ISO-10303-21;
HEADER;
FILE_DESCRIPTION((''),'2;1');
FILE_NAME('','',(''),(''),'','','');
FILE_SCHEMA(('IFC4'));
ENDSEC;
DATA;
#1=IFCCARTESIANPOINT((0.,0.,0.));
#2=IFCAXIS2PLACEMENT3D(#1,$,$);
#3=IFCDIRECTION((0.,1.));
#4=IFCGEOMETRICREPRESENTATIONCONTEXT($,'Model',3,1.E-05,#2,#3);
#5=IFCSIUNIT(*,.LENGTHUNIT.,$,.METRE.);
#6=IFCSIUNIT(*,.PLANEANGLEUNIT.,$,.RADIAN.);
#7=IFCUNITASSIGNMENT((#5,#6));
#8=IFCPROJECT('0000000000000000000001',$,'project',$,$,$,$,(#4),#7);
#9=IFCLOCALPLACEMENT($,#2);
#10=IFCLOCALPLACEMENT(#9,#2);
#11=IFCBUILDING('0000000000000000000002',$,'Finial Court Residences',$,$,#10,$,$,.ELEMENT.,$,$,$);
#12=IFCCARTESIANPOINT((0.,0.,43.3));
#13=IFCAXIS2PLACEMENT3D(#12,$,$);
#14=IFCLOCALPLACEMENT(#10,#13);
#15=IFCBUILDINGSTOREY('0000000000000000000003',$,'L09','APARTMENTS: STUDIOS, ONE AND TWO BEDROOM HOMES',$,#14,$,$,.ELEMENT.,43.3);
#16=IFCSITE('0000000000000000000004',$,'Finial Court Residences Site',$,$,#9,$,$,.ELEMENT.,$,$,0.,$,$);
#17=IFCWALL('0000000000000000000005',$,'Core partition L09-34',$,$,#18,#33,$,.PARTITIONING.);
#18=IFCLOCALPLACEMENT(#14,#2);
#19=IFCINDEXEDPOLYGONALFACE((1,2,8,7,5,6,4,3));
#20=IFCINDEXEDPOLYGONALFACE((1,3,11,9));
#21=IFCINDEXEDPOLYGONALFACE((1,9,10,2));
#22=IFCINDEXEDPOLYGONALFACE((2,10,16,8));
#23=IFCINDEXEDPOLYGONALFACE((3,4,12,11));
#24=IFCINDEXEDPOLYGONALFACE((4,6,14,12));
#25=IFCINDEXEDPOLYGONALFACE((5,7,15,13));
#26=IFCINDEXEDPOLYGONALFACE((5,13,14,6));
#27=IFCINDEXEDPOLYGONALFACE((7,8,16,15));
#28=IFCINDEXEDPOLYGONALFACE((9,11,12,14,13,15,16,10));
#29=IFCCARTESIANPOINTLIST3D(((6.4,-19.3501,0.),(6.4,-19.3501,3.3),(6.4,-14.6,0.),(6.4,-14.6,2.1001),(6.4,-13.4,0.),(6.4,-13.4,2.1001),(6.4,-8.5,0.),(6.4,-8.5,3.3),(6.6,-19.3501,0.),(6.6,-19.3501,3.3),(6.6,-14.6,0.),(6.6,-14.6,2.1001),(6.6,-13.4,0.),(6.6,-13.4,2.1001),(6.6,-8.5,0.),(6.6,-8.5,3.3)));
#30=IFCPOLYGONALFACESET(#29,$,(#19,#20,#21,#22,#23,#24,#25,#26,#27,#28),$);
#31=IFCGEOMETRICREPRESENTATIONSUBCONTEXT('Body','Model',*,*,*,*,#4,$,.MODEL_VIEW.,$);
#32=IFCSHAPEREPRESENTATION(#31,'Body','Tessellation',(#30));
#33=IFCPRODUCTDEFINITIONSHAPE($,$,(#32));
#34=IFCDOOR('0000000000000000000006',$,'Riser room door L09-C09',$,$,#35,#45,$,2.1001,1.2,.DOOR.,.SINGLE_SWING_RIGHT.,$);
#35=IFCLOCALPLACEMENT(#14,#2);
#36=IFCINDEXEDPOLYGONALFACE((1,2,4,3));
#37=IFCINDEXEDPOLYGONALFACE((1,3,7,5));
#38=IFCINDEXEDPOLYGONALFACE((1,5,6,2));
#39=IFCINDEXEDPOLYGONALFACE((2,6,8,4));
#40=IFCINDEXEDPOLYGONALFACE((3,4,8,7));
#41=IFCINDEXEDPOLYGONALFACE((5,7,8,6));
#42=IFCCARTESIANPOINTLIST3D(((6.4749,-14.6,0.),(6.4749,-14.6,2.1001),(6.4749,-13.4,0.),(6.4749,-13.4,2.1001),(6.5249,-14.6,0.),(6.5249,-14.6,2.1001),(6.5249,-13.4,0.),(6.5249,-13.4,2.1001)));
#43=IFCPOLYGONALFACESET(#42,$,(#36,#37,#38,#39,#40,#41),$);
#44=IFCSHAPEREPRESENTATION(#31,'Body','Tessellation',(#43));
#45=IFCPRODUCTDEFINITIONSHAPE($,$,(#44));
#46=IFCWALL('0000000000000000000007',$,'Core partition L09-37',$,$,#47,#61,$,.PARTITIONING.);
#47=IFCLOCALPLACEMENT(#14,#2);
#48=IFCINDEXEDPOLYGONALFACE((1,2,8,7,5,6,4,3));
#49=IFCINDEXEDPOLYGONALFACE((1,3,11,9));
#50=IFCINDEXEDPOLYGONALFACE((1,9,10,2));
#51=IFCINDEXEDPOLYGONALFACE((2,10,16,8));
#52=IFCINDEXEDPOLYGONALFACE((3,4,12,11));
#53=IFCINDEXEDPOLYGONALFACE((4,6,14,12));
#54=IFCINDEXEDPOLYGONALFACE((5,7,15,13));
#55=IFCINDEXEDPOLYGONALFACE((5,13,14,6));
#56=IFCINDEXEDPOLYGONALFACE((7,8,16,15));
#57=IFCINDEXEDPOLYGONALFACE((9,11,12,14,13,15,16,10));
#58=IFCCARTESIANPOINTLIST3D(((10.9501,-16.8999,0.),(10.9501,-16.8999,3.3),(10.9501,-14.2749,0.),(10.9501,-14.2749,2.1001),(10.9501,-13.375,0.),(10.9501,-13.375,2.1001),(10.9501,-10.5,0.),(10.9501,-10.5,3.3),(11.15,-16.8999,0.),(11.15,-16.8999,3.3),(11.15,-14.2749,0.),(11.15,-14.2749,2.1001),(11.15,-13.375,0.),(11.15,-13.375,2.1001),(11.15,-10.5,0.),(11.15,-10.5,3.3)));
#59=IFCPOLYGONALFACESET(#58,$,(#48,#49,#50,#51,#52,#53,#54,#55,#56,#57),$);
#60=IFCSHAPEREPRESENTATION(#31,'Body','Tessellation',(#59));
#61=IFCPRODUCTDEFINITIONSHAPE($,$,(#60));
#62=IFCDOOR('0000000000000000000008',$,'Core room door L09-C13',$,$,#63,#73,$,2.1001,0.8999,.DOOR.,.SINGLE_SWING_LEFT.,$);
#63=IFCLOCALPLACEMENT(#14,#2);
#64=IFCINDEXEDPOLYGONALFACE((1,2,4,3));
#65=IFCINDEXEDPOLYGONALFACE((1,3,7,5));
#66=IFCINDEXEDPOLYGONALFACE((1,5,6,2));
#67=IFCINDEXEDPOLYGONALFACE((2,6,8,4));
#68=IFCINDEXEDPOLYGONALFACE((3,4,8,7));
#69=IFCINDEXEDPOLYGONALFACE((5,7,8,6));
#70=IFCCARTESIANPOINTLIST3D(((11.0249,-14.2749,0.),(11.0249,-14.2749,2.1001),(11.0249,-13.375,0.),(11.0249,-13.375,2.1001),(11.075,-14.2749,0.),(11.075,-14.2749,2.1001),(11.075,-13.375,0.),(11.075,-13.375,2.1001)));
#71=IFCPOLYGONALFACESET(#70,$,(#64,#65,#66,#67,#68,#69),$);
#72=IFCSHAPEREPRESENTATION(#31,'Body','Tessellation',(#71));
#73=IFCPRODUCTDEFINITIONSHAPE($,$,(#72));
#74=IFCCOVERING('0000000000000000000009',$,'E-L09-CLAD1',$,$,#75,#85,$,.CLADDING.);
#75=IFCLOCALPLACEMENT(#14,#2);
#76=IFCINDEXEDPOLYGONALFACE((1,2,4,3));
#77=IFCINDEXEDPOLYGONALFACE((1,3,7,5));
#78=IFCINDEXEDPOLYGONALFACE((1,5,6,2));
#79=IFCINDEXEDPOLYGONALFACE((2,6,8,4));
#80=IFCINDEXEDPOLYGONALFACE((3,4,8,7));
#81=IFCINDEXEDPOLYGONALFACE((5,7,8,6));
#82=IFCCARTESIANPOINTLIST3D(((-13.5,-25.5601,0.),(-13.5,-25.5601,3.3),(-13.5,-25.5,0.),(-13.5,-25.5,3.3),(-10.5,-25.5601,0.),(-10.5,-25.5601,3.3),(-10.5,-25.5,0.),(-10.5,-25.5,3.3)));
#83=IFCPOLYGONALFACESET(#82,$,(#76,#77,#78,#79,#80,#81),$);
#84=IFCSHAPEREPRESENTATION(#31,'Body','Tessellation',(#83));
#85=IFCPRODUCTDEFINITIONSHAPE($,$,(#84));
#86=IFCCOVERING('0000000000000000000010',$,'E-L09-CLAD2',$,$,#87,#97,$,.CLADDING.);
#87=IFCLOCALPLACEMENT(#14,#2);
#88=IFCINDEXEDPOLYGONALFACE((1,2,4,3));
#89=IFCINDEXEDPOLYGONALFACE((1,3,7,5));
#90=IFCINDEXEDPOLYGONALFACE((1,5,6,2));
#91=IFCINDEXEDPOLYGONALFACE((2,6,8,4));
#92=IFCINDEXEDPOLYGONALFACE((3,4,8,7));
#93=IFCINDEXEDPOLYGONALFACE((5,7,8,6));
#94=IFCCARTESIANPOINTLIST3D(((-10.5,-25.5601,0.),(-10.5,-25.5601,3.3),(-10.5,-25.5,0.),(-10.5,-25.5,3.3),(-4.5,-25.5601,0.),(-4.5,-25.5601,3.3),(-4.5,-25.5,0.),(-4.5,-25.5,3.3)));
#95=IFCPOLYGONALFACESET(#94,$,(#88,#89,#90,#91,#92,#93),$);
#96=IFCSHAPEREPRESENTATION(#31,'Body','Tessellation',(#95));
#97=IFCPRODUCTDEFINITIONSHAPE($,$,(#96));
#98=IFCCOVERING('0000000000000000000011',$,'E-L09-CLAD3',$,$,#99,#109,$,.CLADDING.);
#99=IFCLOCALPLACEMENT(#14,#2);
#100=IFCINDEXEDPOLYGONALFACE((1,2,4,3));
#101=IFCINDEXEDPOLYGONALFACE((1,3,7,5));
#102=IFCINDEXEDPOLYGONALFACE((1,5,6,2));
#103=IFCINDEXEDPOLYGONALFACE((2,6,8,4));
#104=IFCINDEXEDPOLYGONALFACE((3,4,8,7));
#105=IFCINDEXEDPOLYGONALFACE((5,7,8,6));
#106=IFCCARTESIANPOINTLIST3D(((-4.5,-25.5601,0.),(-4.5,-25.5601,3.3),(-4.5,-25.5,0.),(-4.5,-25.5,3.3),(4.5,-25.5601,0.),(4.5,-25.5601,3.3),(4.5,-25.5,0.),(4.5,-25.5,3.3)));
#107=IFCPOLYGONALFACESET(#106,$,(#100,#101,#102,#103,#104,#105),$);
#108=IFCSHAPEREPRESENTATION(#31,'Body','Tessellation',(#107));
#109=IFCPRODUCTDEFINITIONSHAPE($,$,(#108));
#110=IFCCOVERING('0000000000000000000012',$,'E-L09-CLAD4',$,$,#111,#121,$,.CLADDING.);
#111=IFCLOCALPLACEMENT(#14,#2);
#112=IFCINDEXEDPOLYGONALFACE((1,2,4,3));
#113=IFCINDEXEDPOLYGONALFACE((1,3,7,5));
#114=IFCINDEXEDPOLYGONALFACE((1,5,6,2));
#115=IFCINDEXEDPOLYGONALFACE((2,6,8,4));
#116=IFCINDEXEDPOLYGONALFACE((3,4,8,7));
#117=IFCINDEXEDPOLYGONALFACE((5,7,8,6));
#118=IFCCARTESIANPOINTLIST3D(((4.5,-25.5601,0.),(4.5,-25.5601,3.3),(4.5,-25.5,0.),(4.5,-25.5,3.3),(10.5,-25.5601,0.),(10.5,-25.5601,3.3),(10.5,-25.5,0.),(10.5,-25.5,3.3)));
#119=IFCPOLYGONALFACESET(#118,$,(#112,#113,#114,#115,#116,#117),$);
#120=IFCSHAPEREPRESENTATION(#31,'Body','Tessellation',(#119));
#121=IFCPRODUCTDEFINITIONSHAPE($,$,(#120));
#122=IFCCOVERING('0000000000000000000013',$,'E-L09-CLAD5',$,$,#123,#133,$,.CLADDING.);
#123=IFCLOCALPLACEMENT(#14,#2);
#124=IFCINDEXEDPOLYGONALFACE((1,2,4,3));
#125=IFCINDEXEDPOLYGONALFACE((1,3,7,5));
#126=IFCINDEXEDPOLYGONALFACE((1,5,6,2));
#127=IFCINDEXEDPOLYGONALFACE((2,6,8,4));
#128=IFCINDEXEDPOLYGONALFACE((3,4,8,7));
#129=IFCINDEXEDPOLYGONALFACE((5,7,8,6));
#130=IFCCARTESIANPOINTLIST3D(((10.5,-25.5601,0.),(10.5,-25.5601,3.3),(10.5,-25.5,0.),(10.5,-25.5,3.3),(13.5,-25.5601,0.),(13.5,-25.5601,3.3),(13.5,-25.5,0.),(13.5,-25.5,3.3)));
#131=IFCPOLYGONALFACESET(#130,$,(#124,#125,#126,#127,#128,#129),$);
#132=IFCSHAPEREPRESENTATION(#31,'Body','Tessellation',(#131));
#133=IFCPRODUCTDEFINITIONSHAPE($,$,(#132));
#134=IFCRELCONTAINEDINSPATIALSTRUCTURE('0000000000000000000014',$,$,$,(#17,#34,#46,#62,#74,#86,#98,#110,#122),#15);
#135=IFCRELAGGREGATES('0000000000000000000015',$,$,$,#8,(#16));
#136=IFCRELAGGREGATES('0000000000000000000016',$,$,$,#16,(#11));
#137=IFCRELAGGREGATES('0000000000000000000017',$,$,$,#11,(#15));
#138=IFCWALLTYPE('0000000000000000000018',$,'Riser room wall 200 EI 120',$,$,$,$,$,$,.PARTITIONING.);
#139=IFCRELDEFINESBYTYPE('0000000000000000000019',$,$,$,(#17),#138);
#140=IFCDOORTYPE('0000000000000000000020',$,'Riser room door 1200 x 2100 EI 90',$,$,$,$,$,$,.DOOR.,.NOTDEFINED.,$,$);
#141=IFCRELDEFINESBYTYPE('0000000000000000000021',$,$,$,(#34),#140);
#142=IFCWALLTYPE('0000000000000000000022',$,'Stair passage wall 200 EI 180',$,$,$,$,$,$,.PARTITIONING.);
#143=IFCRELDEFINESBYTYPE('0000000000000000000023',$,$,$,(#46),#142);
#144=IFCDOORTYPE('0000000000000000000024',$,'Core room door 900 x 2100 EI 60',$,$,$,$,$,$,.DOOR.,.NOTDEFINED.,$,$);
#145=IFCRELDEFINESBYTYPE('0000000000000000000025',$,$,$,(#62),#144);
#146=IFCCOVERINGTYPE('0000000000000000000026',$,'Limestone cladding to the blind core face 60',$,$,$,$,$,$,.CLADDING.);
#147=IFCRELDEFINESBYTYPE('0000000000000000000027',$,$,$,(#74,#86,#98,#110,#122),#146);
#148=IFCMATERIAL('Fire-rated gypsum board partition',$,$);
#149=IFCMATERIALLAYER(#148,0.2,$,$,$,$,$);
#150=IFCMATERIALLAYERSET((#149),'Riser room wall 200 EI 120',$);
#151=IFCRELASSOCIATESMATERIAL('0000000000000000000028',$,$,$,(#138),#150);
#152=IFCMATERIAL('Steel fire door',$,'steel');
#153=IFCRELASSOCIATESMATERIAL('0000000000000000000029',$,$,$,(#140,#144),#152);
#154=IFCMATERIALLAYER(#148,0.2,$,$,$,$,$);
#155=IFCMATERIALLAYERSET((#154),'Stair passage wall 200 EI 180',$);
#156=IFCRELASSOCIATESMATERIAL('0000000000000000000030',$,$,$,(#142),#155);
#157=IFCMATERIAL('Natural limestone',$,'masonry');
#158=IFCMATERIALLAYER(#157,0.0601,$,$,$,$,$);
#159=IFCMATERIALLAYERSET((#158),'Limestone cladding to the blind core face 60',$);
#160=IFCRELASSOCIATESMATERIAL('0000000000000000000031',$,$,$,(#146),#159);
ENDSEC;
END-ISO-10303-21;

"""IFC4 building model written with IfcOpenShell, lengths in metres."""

from ifc_helpers import new_model, si_unit, direction, frame, frame_2d, origin, place, context, subcontext, project, spatial, polyline, rectangle, outline, extrude, material, layer, layer_set, type_object, element, fill, save


model = new_model("IFC4")

# Units and contexts
model_context = context("Model", 3, precision=1e-05, world=origin(), true_north=direction((0.0, 1.0)))
body_context = subcontext(model_context, "Body", "Model", "MODEL_VIEW")
ifc_project = project(units=[si_unit("LENGTHUNIT", "METRE"), si_unit("PLANEANGLEUNIT", "RADIAN")], contexts=[model_context])

# Site, building, storey
site_placement = place(None, origin())
site = spatial("IfcSite", under=ifc_project, at=site_placement, Name="Finial Court Residences Site", CompositionType="ELEMENT", RefElevation=0.0)
building_placement = place(site_placement, origin())
building = spatial("IfcBuilding", under=site, at=building_placement, Name="Finial Court Residences", CompositionType="ELEMENT")
storey_placement = place(building_placement, frame((0.0, 0.0, 43.3)))
storey = spatial("IfcBuildingStorey", under=building, at=storey_placement, Name="L09", Description="APARTMENTS: STUDIOS, ONE AND TWO BEDROOM HOMES", CompositionType="ELEMENT", Elevation=43.3)

# Walls, openings, doors
ifc_material_1 = material(Name="Fire-rated gypsum board partition")
ifc_layer_1 = layer(ifc_material_1, 0.2)
ifc_layer_set_1 = layer_set([ifc_layer_1], Name="Riser room wall 200 EI 120")
wall_type_1 = type_object("IfcWallType", Name="Riser room wall 200 EI 120", PredefinedType="PARTITIONING", material=ifc_layer_set_1)
wall_1_placement = place(storey_placement, frame((6.5, -8.5, 0.0), z_axis=(0.0, 0.0, 1.0), x_axis=(0.0, -1.0, 0.0)))
wall_1 = element("IfcWall", 1, at=wall_1_placement, inside=storey, type_object=wall_type_1, Name="Core partition L09-34", PredefinedType="PARTITIONING", context=body_context, shape_type="SweptSolid", body=[
    extrude(rectangle(XDim=10.8501, YDim=0.2, at=frame_2d((5.425, 0.0))), origin(), (0.0, 0.0, 1.0), 3.3),
])
opening_1_placement = place(wall_1_placement, frame((4.8999, 0.0, 0.0)))
opening_1 = element("IfcOpeningElement", 2, at=opening_1_placement, cuts=wall_1, PredefinedType="OPENING", context=body_context, shape_type="SweptSolid", body=[
    extrude(rectangle(XDim=1.2, YDim=2.1001, at=frame_2d((0.6001, 1.05))), frame((0.0, 0.1099, 0.0), z_axis=(0.0, -1.0, 0.0), x_axis=(1.0, 0.0, 0.0)), (0.0, 0.0, 1.0), 0.22),
])
ifc_material_2 = material(Name="Steel fire door", Category="steel")
door_type_1 = type_object("IfcDoorType", Name="Riser room door 1200 x 2100 EI 90", OperationType="NOTDEFINED", PredefinedType="DOOR", material=ifc_material_2)
door_1_placement = place(opening_1_placement, origin())
door_1 = element("IfcDoor", 3, at=door_1_placement, inside=storey, type_object=door_type_1, Name="Riser room door L09-C09", OperationType="SINGLE_SWING_RIGHT", OverallHeight=2.1001, OverallWidth=1.2, PredefinedType="DOOR", context=body_context, shape_type="SweptSolid", body=[
    extrude(rectangle(XDim=1.2, YDim=2.1001, at=frame_2d((0.6001, 1.05))), frame((0.0, 0.0249, 0.0), z_axis=(0.0, -1.0, 0.0), x_axis=(1.0, 0.0, 0.0)), (0.0, 0.0, 1.0), 0.05),
])
fill(opening_1, door_1)
ifc_layer_2 = layer(ifc_material_1, 0.2)
ifc_layer_set_2 = layer_set([ifc_layer_2], Name="Stair passage wall 200 EI 180")
wall_type_2 = type_object("IfcWallType", Name="Stair passage wall 200 EI 180", PredefinedType="PARTITIONING", material=ifc_layer_set_2)
wall_2_placement = place(storey_placement, frame((11.05, -10.5, 0.0), z_axis=(0.0, 0.0, 1.0), x_axis=(0.0, -1.0, 0.0)))
wall_2 = element("IfcWall", 4, at=wall_2_placement, inside=storey, type_object=wall_type_2, Name="Core partition L09-37", PredefinedType="PARTITIONING", context=body_context, shape_type="SweptSolid", body=[
    extrude(rectangle(XDim=6.3999, YDim=0.2, at=frame_2d((3.2, 0.0))), origin(), (0.0, 0.0, 1.0), 3.3),
])
opening_2_placement = place(wall_2_placement, frame((2.875, 0.0, 0.0)))
opening_2 = element("IfcOpeningElement", 5, at=opening_2_placement, cuts=wall_2, PredefinedType="OPENING", context=body_context, shape_type="SweptSolid", body=[
    extrude(rectangle(XDim=0.8999, YDim=2.1001, at=frame_2d((0.45, 1.05))), frame((0.0, 0.1099, 0.0), z_axis=(0.0, -1.0, 0.0), x_axis=(1.0, 0.0, 0.0)), (0.0, 0.0, 1.0), 0.22),
])
door_type_2 = type_object("IfcDoorType", Name="Core room door 900 x 2100 EI 60", OperationType="NOTDEFINED", PredefinedType="DOOR", material=ifc_material_2)
door_2_placement = place(opening_2_placement, origin())
door_2 = element("IfcDoor", 6, at=door_2_placement, inside=storey, type_object=door_type_2, Name="Core room door L09-C13", OperationType="SINGLE_SWING_LEFT", OverallHeight=2.1001, OverallWidth=0.8999, PredefinedType="DOOR", context=body_context, shape_type="SweptSolid", body=[
    extrude(rectangle(XDim=0.8999, YDim=2.1001, at=frame_2d((0.45, 1.05))), frame((0.0, 0.0249, 0.0), z_axis=(0.0, -1.0, 0.0), x_axis=(1.0, 0.0, 0.0)), (0.0, 0.0, 1.0), 0.05),
])
fill(opening_2, door_2)

# Coverings
ifc_material_3 = material(Name="Natural limestone", Category="masonry")
ifc_layer_3 = layer(ifc_material_3, 0.0601)
ifc_layer_set_3 = layer_set([ifc_layer_3], Name="Limestone cladding to the blind core face 60")
covering_type_1 = type_object("IfcCoveringType", Name="Limestone cladding to the blind core face 60", PredefinedType="CLADDING", material=ifc_layer_set_3)
covering_1_placement = place(storey_placement, origin())
element("IfcCovering", 7, at=covering_1_placement, inside=storey, type_object=covering_type_1, Name="E-L09-CLAD1", PredefinedType="CLADDING", context=body_context, shape_type="SweptSolid", body=[
    extrude(outline(polyline([(-10.5, -25.5601), (-10.5, -25.5), (-13.5, -25.5), (-13.5, -25.5601), (-10.5, -25.5601)])), origin(), (0.0, 0.0, 1.0), 3.3),
])
covering_2_placement = place(storey_placement, origin())
element("IfcCovering", 8, at=covering_2_placement, inside=storey, type_object=covering_type_1, Name="E-L09-CLAD2", PredefinedType="CLADDING", context=body_context, shape_type="SweptSolid", body=[
    extrude(outline(polyline([(-4.5, -25.5601), (-4.5, -25.5), (-10.5, -25.5), (-10.5, -25.5601), (-4.5, -25.5601)])), origin(), (0.0, 0.0, 1.0), 3.3),
])
covering_3_placement = place(storey_placement, origin())
element("IfcCovering", 9, at=covering_3_placement, inside=storey, type_object=covering_type_1, Name="E-L09-CLAD3", PredefinedType="CLADDING", context=body_context, shape_type="SweptSolid", body=[
    extrude(outline(polyline([(4.5, -25.5601), (4.5, -25.5), (-4.5, -25.5), (-4.5, -25.5601), (4.5, -25.5601)])), origin(), (0.0, 0.0, 1.0), 3.3),
])
covering_4_placement = place(storey_placement, origin())
element("IfcCovering", 10, at=covering_4_placement, inside=storey, type_object=covering_type_1, Name="E-L09-CLAD4", PredefinedType="CLADDING", context=body_context, shape_type="SweptSolid", body=[
    extrude(outline(polyline([(10.5, -25.5601), (10.5, -25.5), (4.5, -25.5), (4.5, -25.5601), (10.5, -25.5601)])), origin(), (0.0, 0.0, 1.0), 3.3),
])
covering_5_placement = place(storey_placement, origin())
element("IfcCovering", 11, at=covering_5_placement, inside=storey, type_object=covering_type_1, Name="E-L09-CLAD5", PredefinedType="CLADDING", context=body_context, shape_type="SweptSolid", body=[
    extrude(outline(polyline([(13.5, -25.5601), (13.5, -25.5), (10.5, -25.5), (10.5, -25.5601), (13.5, -25.5601)])), origin(), (0.0, 0.0, 1.0), 3.3),
])

save(model, "model.ifc")
